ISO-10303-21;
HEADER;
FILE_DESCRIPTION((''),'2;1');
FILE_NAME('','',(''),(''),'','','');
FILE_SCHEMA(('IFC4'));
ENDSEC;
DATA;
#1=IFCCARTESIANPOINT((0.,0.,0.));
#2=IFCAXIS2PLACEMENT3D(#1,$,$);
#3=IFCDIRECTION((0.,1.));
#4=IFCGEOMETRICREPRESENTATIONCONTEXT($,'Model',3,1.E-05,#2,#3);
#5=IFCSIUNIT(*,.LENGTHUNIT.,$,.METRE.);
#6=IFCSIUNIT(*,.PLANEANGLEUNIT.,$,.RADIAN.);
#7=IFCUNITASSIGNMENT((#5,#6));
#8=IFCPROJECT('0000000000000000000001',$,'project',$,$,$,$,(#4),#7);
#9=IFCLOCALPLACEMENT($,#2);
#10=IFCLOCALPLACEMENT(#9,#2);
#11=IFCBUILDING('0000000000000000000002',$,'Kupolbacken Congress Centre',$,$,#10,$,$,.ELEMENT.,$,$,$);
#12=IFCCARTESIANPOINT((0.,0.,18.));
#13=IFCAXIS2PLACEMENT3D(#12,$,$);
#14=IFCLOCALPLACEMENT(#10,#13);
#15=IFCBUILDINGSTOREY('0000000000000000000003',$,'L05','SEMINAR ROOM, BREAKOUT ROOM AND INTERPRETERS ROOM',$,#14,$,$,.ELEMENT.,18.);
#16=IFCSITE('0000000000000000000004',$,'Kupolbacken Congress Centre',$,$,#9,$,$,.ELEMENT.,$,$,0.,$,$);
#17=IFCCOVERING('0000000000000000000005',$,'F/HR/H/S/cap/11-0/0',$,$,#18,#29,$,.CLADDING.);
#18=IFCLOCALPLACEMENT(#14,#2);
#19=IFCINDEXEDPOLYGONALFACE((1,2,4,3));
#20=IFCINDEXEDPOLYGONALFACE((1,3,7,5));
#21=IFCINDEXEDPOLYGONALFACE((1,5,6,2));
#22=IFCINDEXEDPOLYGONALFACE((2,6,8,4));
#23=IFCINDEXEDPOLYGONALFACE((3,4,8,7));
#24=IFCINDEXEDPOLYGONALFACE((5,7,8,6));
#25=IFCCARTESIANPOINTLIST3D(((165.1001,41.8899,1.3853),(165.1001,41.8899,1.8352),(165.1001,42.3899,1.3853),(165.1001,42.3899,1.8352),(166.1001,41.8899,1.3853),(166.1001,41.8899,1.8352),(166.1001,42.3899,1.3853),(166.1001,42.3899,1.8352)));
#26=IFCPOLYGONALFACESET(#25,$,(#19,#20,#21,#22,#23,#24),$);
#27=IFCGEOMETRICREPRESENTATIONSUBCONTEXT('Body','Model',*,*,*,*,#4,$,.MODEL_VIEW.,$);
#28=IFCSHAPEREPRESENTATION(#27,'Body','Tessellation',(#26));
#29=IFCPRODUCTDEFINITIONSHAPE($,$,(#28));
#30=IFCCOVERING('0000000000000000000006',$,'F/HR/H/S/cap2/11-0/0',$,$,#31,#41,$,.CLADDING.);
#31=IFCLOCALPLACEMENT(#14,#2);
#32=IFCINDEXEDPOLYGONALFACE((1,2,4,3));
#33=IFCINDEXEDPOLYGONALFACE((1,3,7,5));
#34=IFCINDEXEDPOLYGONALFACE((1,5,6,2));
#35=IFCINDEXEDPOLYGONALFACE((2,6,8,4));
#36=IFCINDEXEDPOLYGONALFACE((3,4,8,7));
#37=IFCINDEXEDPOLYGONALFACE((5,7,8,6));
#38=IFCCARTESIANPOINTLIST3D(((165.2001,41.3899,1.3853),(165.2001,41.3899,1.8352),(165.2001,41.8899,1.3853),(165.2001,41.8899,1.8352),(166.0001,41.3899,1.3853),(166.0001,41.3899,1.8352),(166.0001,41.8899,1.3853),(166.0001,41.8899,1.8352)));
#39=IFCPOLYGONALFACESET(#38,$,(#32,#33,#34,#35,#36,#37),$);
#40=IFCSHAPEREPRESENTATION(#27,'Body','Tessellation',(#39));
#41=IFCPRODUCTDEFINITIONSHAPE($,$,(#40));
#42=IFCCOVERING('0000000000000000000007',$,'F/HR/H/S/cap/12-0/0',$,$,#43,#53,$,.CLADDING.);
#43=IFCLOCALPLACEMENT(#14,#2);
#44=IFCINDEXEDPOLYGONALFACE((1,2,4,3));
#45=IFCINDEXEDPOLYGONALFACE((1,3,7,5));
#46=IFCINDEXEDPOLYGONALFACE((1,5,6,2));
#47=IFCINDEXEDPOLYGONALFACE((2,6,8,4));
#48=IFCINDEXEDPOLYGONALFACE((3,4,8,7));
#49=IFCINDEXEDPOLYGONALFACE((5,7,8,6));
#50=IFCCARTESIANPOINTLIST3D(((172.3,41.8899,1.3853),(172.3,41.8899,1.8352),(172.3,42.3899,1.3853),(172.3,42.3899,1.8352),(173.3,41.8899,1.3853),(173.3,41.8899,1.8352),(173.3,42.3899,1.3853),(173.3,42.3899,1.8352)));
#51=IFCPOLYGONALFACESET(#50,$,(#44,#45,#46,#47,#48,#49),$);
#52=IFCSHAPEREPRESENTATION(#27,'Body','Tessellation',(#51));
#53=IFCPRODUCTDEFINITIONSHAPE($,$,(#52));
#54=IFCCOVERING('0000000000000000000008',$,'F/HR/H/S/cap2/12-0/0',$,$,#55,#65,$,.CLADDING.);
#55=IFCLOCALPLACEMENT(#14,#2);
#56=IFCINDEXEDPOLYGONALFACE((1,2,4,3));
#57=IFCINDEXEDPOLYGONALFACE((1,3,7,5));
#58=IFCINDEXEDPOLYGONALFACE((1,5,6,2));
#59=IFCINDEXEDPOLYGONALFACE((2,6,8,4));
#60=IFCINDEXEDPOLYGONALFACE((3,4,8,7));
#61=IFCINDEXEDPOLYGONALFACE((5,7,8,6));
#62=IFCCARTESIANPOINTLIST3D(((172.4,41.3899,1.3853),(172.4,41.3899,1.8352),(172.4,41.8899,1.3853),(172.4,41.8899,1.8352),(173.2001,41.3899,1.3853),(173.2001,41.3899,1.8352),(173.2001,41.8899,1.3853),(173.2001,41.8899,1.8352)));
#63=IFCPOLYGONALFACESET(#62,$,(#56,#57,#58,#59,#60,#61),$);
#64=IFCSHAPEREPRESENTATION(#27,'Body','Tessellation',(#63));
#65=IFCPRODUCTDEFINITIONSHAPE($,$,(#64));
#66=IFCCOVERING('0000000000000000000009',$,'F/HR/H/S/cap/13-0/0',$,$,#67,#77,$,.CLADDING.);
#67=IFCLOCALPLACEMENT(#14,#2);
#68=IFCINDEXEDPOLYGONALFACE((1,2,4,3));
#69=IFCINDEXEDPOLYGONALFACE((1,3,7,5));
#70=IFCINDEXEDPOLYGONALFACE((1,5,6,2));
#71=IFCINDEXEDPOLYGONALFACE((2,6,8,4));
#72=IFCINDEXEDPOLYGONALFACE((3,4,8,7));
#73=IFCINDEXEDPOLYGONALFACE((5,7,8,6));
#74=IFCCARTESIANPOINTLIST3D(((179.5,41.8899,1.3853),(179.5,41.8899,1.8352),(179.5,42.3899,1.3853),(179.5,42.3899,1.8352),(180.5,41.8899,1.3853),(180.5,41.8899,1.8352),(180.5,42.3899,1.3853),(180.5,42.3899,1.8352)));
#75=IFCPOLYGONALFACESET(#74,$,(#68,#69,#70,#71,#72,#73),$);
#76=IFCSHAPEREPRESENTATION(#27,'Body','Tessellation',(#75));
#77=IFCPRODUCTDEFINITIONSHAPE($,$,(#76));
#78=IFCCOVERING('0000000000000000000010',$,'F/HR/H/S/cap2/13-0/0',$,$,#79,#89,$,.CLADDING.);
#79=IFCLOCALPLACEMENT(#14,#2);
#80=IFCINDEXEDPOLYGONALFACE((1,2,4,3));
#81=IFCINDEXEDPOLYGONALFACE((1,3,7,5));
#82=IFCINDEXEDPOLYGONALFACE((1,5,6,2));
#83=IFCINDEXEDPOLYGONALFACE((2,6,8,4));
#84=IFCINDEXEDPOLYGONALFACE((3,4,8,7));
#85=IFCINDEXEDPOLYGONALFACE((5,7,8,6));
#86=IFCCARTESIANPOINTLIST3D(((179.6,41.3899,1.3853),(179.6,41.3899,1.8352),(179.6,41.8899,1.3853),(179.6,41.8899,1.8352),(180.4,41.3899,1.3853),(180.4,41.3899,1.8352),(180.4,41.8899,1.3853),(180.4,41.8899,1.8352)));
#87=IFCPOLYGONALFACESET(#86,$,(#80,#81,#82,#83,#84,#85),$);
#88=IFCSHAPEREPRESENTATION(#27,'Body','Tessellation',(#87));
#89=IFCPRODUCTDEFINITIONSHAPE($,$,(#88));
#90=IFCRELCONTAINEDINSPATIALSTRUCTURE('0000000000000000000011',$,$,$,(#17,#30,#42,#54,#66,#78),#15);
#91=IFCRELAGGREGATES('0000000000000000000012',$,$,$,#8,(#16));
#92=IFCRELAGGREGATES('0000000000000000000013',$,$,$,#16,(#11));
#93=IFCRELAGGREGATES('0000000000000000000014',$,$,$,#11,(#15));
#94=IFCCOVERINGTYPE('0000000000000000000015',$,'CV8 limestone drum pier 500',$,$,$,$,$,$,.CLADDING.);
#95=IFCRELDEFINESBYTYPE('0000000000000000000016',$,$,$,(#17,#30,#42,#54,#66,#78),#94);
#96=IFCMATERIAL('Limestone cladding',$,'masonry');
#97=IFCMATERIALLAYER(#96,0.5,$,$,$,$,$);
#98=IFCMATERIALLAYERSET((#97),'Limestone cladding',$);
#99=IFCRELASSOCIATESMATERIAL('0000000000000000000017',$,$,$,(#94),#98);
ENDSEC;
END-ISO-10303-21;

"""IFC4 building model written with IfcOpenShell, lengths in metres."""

from ifc_helpers import new_model, si_unit, direction, frame, origin, origin_2d, place, context, subcontext, project, spatial, rectangle, extrude, material, layer, layer_set, type_object, element, save


model = new_model("IFC4")

# Units and contexts
model_context = context("Model", 3, precision=1e-05, world=origin(), true_north=direction((0.0, 1.0)))
body_context = subcontext(model_context, "Body", "Model", "MODEL_VIEW")
ifc_project = project(units=[si_unit("LENGTHUNIT", "METRE"), si_unit("PLANEANGLEUNIT", "RADIAN")], contexts=[model_context])

# Site, building, storey
site_placement = place(None, origin())
site = spatial("IfcSite", under=ifc_project, at=site_placement, Name="Kupolbacken Congress Centre", CompositionType="ELEMENT", RefElevation=0.0)
building_placement = place(site_placement, origin())
building = spatial("IfcBuilding", under=site, at=building_placement, Name="Kupolbacken Congress Centre", CompositionType="ELEMENT")
storey_placement = place(building_placement, frame((0.0, 0.0, 18.0)))
storey = spatial("IfcBuildingStorey", under=building, at=storey_placement, Name="L05", Description="SEMINAR ROOM, BREAKOUT ROOM AND INTERPRETERS ROOM", CompositionType="ELEMENT", Elevation=18.0)

# Coverings
ifc_material_1 = material(Name="Limestone cladding", Category="masonry")
ifc_layer = layer(ifc_material_1, 0.5)
ifc_layer_set = layer_set([ifc_layer], Name="Limestone cladding")
covering_type = type_object("IfcCoveringType", Name="CV8 limestone drum pier 500", PredefinedType="CLADDING", material=ifc_layer_set)
covering_1_placement = place(storey_placement, frame((165.6001, 42.1399, 1.3853), z_axis=(0.0, 0.0, 1.0), x_axis=(1.0, 0.0, 0.0)))
element("IfcCovering", 1, at=covering_1_placement, inside=storey, type_object=covering_type, Name="F/HR/H/S/cap/11-0/0", PredefinedType="CLADDING", context=body_context, shape_type="SweptSolid", body=[
    extrude(rectangle(XDim=1.0, YDim=0.5, at=origin_2d()), origin(), (0.0, 0.0, 1.0), 0.45),
])
covering_2_placement = place(storey_placement, frame((165.6001, 41.6399, 1.3853), z_axis=(0.0, 0.0, 1.0), x_axis=(1.0, 0.0, 0.0)))
element("IfcCovering", 2, at=covering_2_placement, inside=storey, type_object=covering_type, Name="F/HR/H/S/cap2/11-0/0", PredefinedType="CLADDING", context=body_context, shape_type="SweptSolid", body=[
    extrude(rectangle(XDim=0.8, YDim=0.5, at=origin_2d()), origin(), (0.0, 0.0, 1.0), 0.45),
])
covering_3_placement = place(storey_placement, frame((172.8, 42.1399, 1.3853), z_axis=(0.0, 0.0, 1.0), x_axis=(1.0, 0.0, 0.0)))
element("IfcCovering", 3, at=covering_3_placement, inside=storey, type_object=covering_type, Name="F/HR/H/S/cap/12-0/0", PredefinedType="CLADDING", context=body_context, shape_type="SweptSolid", body=[
    extrude(rectangle(XDim=1.0, YDim=0.5, at=origin_2d()), origin(), (0.0, 0.0, 1.0), 0.45),
])
covering_4_placement = place(storey_placement, frame((172.8, 41.6399, 1.3853), z_axis=(0.0, 0.0, 1.0), x_axis=(1.0, 0.0, 0.0)))
element("IfcCovering", 4, at=covering_4_placement, inside=storey, type_object=covering_type, Name="F/HR/H/S/cap2/12-0/0", PredefinedType="CLADDING", context=body_context, shape_type="SweptSolid", body=[
    extrude(rectangle(XDim=0.8, YDim=0.5, at=origin_2d()), origin(), (0.0, 0.0, 1.0), 0.45),
])
covering_5_placement = place(storey_placement, frame((180.0, 42.1399, 1.3853), z_axis=(0.0, 0.0, 1.0), x_axis=(1.0, 0.0, 0.0)))
element("IfcCovering", 5, at=covering_5_placement, inside=storey, type_object=covering_type, Name="F/HR/H/S/cap/13-0/0", PredefinedType="CLADDING", context=body_context, shape_type="SweptSolid", body=[
    extrude(rectangle(XDim=1.0, YDim=0.5, at=origin_2d()), origin(), (0.0, 0.0, 1.0), 0.45),
])
covering_6_placement = place(storey_placement, frame((180.0, 41.6399, 1.3853), z_axis=(0.0, 0.0, 1.0), x_axis=(1.0, 0.0, 0.0)))
element("IfcCovering", 6, at=covering_6_placement, inside=storey, type_object=covering_type, Name="F/HR/H/S/cap2/13-0/0", PredefinedType="CLADDING", context=body_context, shape_type="SweptSolid", body=[
    extrude(rectangle(XDim=0.8, YDim=0.5, at=origin_2d()), origin(), (0.0, 0.0, 1.0), 0.45),
])

save(model, "model.ifc")
